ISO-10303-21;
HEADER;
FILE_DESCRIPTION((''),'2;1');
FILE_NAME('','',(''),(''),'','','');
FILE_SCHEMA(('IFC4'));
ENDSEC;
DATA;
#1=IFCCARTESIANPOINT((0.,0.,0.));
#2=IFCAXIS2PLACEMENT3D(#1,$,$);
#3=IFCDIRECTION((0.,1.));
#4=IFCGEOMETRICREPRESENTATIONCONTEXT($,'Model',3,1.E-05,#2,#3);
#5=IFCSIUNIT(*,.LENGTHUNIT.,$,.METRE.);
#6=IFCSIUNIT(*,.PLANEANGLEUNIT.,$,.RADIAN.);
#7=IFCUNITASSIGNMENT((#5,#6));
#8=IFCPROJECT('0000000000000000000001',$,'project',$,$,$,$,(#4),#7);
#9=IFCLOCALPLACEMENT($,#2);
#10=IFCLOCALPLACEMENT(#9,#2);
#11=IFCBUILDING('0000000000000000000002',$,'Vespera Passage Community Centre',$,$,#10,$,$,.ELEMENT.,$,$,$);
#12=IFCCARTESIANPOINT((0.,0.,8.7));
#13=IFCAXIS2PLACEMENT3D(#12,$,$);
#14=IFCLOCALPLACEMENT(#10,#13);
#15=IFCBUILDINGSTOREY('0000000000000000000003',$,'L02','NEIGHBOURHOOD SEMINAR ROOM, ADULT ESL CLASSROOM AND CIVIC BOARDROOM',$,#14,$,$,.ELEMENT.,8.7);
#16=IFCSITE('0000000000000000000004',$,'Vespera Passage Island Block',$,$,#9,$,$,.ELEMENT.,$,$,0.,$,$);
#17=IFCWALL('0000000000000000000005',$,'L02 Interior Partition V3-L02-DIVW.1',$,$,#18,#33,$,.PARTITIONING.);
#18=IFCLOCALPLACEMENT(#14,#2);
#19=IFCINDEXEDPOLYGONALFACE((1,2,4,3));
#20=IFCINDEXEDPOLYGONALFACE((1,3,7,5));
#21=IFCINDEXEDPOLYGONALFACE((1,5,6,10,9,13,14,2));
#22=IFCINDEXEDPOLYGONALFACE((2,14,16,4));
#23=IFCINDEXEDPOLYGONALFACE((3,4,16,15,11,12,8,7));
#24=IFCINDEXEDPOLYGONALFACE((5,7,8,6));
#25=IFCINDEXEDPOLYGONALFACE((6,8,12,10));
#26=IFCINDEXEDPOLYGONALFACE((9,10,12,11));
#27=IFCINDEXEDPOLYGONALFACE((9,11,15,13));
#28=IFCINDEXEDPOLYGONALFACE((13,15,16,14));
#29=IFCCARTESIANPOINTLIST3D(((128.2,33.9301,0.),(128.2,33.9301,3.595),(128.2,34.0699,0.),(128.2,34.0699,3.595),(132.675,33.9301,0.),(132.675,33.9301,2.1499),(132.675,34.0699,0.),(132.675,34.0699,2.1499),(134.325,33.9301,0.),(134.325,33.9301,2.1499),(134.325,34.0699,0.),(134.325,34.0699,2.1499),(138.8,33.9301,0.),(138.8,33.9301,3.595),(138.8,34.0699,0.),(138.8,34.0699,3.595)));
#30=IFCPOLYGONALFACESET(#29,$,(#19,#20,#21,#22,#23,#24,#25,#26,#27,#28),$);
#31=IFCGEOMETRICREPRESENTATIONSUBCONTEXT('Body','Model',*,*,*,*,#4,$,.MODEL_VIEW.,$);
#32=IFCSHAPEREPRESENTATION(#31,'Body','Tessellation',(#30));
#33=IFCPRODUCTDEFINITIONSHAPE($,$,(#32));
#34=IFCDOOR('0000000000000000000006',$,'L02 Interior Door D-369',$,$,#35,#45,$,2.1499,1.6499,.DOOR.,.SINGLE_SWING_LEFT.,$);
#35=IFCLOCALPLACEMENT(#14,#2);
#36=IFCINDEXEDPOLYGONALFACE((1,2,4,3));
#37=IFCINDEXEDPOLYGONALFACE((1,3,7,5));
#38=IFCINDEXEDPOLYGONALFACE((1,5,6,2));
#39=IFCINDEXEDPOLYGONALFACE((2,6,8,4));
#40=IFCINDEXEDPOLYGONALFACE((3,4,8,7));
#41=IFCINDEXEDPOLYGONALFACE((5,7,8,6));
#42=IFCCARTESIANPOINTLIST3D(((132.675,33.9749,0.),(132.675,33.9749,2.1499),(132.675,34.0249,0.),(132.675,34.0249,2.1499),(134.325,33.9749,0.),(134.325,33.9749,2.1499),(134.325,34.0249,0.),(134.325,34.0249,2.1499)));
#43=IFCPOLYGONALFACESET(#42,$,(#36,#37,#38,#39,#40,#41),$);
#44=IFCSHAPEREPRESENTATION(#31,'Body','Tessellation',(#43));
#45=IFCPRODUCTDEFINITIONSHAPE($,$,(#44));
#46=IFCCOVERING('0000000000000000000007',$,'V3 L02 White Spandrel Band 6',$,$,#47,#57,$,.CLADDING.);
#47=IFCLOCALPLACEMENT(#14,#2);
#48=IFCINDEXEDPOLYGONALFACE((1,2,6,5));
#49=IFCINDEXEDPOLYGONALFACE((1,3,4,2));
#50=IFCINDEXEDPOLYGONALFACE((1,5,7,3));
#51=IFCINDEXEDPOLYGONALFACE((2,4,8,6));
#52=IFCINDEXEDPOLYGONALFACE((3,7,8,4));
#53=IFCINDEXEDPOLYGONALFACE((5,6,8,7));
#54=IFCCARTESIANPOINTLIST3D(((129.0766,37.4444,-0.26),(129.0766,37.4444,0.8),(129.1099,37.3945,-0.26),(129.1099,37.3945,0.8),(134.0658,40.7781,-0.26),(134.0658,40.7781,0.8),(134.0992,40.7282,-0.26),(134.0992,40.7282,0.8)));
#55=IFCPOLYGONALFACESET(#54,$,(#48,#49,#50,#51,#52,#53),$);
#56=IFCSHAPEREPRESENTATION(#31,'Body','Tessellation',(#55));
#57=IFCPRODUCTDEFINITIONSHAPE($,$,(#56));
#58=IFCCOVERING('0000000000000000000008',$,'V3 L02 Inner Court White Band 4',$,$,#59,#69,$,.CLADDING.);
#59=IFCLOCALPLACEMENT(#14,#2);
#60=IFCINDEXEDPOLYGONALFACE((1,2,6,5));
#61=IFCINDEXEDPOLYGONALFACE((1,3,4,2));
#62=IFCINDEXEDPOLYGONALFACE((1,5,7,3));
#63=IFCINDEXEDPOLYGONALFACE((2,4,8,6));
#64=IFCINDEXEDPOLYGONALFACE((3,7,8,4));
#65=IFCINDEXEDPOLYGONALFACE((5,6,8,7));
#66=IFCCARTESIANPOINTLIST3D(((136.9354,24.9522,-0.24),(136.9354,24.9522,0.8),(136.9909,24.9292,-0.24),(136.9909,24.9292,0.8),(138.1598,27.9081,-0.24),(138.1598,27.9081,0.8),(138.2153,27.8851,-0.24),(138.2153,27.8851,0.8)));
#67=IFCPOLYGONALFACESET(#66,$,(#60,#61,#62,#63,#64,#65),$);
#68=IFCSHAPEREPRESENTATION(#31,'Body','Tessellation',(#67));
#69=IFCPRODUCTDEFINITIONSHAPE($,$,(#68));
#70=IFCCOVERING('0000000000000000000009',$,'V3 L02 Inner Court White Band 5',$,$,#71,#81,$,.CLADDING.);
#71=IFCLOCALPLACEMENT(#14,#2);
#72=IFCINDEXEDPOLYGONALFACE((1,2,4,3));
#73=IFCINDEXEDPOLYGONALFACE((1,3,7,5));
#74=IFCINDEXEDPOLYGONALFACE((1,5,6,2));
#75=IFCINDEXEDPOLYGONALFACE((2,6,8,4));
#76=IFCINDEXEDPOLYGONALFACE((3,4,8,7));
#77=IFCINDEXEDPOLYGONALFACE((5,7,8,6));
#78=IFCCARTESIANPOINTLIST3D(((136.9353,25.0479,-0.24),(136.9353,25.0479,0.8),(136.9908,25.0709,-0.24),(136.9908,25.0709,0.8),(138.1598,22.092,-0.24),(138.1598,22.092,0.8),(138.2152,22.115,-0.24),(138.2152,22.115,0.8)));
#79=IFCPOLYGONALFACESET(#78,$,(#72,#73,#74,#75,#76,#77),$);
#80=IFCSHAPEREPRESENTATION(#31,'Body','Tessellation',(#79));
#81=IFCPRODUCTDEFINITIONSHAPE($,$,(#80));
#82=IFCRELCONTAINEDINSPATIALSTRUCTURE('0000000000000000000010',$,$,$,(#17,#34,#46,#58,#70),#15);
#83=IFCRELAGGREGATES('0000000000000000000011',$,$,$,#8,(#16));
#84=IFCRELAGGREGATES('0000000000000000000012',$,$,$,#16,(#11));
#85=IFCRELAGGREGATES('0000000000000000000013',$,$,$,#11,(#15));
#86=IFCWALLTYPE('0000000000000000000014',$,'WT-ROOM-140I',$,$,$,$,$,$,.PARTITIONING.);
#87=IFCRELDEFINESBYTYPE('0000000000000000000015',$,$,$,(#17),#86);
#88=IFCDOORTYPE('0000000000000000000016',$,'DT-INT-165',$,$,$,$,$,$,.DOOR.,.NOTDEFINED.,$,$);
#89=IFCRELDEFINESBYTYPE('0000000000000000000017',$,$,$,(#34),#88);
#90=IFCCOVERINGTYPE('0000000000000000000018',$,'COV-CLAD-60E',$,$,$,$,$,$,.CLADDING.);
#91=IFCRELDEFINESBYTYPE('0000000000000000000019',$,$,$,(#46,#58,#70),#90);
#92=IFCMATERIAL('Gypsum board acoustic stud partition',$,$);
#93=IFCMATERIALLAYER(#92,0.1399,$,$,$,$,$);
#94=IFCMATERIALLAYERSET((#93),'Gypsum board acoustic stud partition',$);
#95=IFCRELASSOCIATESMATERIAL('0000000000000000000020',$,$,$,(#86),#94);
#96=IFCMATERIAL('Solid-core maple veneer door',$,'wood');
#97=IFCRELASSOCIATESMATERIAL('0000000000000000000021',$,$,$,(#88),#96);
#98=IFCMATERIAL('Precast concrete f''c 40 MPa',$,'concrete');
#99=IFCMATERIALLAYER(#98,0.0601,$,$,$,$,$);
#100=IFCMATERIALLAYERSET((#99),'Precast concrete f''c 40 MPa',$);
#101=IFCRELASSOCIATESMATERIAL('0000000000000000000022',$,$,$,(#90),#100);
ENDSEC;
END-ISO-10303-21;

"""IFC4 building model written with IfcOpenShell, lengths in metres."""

from ifc_helpers import new_model, si_unit, direction, frame, frame_2d, origin, place, context, subcontext, project, spatial, rectangle, extrude, material, layer, layer_set, type_object, element, fill, save


model = new_model("IFC4")

# Units and contexts
model_context = context("Model", 3, precision=1e-05, world=origin(), true_north=direction((0.0, 1.0)))
body_context = subcontext(model_context, "Body", "Model", "MODEL_VIEW")
ifc_project = project(units=[si_unit("LENGTHUNIT", "METRE"), si_unit("PLANEANGLEUNIT", "RADIAN")], contexts=[model_context])

# Site, building, storey
site_placement = place(None, origin())
site = spatial("IfcSite", under=ifc_project, at=site_placement, Name="Vespera Passage Island Block", CompositionType="ELEMENT", RefElevation=0.0)
building_placement = place(site_placement, origin())
building = spatial("IfcBuilding", under=site, at=building_placement, Name="Vespera Passage Community Centre", CompositionType="ELEMENT")
storey_placement = place(building_placement, frame((0.0, 0.0, 8.7)))
storey = spatial("IfcBuildingStorey", under=building, at=storey_placement, Name="L02", Description="NEIGHBOURHOOD SEMINAR ROOM, ADULT ESL CLASSROOM AND CIVIC BOARDROOM", CompositionType="ELEMENT", Elevation=8.7)

# Wall, opening, door
ifc_material_1 = material(Name="Gypsum board acoustic stud partition")
ifc_layer_1 = layer(ifc_material_1, 0.1399)
ifc_layer_set_1 = layer_set([ifc_layer_1], Name="Gypsum board acoustic stud partition")
wall_type_1 = type_object("IfcWallType", Name="WT-ROOM-140I", PredefinedType="PARTITIONING", material=ifc_layer_set_1)
wall_1_placement = place(storey_placement, frame((128.2, 34.0, 0.0), z_axis=(0.0, 0.0, 1.0), x_axis=(1.0, 0.0, 0.0)))
wall_1 = element("IfcWall", 1, at=wall_1_placement, inside=storey, type_object=wall_type_1, Name="L02 Interior Partition V3-L02-DIVW.1", PredefinedType="PARTITIONING", context=body_context, shape_type="SweptSolid", body=[
    extrude(rectangle(XDim=10.6001, YDim=0.1399, at=frame_2d((5.3, 0.0))), origin(), (0.0, 0.0, 1.0), 3.595),
])
opening_placement = place(wall_1_placement, frame((4.4751, 0.0, 0.0)))
opening = element("IfcOpeningElement", 2, at=opening_placement, cuts=wall_1, PredefinedType="OPENING", context=body_context, shape_type="SweptSolid", body=[
    extrude(rectangle(XDim=1.6499, YDim=2.1499, at=frame_2d((0.825, 1.075))), frame((0.0, 0.0798, 0.0), z_axis=(0.0, -1.0, 0.0), x_axis=(1.0, 0.0, 0.0)), (0.0, 0.0, 1.0), 0.1599),
])
ifc_material_2 = material(Name="Solid-core maple veneer door", Category="wood")
door_type = type_object("IfcDoorType", Name="DT-INT-165", OperationType="NOTDEFINED", PredefinedType="DOOR", material=ifc_material_2)
door_placement = place(opening_placement, origin())
door = element("IfcDoor", 3, at=door_placement, inside=storey, type_object=door_type, Name="L02 Interior Door D-369", OperationType="SINGLE_SWING_LEFT", OverallHeight=2.1499, OverallWidth=1.6499, PredefinedType="DOOR", context=body_context, shape_type="SweptSolid", body=[
    extrude(rectangle(XDim=1.6499, YDim=2.1499, at=frame_2d((0.825, 1.075))), frame((0.0, 0.0249, 0.0), z_axis=(0.0, -1.0, 0.0), x_axis=(1.0, 0.0, 0.0)), (0.0, 0.0, 1.0), 0.05),
])
fill(opening, door)

# Coverings
ifc_material_3 = material(Name="Precast concrete f'c 40 MPa", Category="concrete")
ifc_layer_2 = layer(ifc_material_3, 0.0601)
ifc_layer_set_2 = layer_set([ifc_layer_2], Name="Precast concrete f'c 40 MPa")
covering_type = type_object("IfcCoveringType", Name="COV-CLAD-60E", PredefinedType="CLADDING", material=ifc_layer_set_2)
covering_placement = place(storey_placement, frame((129.0933, 37.4194, -0.26), z_axis=(0.0, 0.0, 1.0), x_axis=(0.831468, 0.555573, 0.0)))
element("IfcCovering", 4, at=covering_placement, inside=storey, type_object=covering_type, Name="V3 L02 White Spandrel Band 6", PredefinedType="CLADDING", context=body_context, shape_type="SweptSolid", body=[
    extrude(rectangle(XDim=6.0005, YDim=0.0601, at=frame_2d((3.0002, 0.0))), origin(), (0.0, 0.0, 1.0), 1.0601),
])
for number, where, z_axis, x_axis, name in (
    (5, (138.1875, 27.8965, -0.24), (0.0, 0.0, 1.0), (-0.382691, -0.923876, 0.0), "V3 L02 Inner Court White Band 4"),
    (6, (136.9631, 25.0593, -0.24), (0.0, 0.0, 1.0), (0.382691, -0.923876, 0.0), "V3 L02 Inner Court White Band 5"),
):
    element("IfcCovering", number, at=place(storey_placement, frame(where, z_axis=z_axis, x_axis=x_axis)), inside=storey, type_object=covering_type, Name=name, PredefinedType="CLADDING", context=body_context, shape_type="SweptSolid", body=[
        extrude(rectangle(XDim=3.1995, YDim=0.0601, at=frame_2d((1.5996, 0.0))), origin(), (0.0, 0.0, 1.0), 1.04),
    ])

save(model, "model.ifc")
